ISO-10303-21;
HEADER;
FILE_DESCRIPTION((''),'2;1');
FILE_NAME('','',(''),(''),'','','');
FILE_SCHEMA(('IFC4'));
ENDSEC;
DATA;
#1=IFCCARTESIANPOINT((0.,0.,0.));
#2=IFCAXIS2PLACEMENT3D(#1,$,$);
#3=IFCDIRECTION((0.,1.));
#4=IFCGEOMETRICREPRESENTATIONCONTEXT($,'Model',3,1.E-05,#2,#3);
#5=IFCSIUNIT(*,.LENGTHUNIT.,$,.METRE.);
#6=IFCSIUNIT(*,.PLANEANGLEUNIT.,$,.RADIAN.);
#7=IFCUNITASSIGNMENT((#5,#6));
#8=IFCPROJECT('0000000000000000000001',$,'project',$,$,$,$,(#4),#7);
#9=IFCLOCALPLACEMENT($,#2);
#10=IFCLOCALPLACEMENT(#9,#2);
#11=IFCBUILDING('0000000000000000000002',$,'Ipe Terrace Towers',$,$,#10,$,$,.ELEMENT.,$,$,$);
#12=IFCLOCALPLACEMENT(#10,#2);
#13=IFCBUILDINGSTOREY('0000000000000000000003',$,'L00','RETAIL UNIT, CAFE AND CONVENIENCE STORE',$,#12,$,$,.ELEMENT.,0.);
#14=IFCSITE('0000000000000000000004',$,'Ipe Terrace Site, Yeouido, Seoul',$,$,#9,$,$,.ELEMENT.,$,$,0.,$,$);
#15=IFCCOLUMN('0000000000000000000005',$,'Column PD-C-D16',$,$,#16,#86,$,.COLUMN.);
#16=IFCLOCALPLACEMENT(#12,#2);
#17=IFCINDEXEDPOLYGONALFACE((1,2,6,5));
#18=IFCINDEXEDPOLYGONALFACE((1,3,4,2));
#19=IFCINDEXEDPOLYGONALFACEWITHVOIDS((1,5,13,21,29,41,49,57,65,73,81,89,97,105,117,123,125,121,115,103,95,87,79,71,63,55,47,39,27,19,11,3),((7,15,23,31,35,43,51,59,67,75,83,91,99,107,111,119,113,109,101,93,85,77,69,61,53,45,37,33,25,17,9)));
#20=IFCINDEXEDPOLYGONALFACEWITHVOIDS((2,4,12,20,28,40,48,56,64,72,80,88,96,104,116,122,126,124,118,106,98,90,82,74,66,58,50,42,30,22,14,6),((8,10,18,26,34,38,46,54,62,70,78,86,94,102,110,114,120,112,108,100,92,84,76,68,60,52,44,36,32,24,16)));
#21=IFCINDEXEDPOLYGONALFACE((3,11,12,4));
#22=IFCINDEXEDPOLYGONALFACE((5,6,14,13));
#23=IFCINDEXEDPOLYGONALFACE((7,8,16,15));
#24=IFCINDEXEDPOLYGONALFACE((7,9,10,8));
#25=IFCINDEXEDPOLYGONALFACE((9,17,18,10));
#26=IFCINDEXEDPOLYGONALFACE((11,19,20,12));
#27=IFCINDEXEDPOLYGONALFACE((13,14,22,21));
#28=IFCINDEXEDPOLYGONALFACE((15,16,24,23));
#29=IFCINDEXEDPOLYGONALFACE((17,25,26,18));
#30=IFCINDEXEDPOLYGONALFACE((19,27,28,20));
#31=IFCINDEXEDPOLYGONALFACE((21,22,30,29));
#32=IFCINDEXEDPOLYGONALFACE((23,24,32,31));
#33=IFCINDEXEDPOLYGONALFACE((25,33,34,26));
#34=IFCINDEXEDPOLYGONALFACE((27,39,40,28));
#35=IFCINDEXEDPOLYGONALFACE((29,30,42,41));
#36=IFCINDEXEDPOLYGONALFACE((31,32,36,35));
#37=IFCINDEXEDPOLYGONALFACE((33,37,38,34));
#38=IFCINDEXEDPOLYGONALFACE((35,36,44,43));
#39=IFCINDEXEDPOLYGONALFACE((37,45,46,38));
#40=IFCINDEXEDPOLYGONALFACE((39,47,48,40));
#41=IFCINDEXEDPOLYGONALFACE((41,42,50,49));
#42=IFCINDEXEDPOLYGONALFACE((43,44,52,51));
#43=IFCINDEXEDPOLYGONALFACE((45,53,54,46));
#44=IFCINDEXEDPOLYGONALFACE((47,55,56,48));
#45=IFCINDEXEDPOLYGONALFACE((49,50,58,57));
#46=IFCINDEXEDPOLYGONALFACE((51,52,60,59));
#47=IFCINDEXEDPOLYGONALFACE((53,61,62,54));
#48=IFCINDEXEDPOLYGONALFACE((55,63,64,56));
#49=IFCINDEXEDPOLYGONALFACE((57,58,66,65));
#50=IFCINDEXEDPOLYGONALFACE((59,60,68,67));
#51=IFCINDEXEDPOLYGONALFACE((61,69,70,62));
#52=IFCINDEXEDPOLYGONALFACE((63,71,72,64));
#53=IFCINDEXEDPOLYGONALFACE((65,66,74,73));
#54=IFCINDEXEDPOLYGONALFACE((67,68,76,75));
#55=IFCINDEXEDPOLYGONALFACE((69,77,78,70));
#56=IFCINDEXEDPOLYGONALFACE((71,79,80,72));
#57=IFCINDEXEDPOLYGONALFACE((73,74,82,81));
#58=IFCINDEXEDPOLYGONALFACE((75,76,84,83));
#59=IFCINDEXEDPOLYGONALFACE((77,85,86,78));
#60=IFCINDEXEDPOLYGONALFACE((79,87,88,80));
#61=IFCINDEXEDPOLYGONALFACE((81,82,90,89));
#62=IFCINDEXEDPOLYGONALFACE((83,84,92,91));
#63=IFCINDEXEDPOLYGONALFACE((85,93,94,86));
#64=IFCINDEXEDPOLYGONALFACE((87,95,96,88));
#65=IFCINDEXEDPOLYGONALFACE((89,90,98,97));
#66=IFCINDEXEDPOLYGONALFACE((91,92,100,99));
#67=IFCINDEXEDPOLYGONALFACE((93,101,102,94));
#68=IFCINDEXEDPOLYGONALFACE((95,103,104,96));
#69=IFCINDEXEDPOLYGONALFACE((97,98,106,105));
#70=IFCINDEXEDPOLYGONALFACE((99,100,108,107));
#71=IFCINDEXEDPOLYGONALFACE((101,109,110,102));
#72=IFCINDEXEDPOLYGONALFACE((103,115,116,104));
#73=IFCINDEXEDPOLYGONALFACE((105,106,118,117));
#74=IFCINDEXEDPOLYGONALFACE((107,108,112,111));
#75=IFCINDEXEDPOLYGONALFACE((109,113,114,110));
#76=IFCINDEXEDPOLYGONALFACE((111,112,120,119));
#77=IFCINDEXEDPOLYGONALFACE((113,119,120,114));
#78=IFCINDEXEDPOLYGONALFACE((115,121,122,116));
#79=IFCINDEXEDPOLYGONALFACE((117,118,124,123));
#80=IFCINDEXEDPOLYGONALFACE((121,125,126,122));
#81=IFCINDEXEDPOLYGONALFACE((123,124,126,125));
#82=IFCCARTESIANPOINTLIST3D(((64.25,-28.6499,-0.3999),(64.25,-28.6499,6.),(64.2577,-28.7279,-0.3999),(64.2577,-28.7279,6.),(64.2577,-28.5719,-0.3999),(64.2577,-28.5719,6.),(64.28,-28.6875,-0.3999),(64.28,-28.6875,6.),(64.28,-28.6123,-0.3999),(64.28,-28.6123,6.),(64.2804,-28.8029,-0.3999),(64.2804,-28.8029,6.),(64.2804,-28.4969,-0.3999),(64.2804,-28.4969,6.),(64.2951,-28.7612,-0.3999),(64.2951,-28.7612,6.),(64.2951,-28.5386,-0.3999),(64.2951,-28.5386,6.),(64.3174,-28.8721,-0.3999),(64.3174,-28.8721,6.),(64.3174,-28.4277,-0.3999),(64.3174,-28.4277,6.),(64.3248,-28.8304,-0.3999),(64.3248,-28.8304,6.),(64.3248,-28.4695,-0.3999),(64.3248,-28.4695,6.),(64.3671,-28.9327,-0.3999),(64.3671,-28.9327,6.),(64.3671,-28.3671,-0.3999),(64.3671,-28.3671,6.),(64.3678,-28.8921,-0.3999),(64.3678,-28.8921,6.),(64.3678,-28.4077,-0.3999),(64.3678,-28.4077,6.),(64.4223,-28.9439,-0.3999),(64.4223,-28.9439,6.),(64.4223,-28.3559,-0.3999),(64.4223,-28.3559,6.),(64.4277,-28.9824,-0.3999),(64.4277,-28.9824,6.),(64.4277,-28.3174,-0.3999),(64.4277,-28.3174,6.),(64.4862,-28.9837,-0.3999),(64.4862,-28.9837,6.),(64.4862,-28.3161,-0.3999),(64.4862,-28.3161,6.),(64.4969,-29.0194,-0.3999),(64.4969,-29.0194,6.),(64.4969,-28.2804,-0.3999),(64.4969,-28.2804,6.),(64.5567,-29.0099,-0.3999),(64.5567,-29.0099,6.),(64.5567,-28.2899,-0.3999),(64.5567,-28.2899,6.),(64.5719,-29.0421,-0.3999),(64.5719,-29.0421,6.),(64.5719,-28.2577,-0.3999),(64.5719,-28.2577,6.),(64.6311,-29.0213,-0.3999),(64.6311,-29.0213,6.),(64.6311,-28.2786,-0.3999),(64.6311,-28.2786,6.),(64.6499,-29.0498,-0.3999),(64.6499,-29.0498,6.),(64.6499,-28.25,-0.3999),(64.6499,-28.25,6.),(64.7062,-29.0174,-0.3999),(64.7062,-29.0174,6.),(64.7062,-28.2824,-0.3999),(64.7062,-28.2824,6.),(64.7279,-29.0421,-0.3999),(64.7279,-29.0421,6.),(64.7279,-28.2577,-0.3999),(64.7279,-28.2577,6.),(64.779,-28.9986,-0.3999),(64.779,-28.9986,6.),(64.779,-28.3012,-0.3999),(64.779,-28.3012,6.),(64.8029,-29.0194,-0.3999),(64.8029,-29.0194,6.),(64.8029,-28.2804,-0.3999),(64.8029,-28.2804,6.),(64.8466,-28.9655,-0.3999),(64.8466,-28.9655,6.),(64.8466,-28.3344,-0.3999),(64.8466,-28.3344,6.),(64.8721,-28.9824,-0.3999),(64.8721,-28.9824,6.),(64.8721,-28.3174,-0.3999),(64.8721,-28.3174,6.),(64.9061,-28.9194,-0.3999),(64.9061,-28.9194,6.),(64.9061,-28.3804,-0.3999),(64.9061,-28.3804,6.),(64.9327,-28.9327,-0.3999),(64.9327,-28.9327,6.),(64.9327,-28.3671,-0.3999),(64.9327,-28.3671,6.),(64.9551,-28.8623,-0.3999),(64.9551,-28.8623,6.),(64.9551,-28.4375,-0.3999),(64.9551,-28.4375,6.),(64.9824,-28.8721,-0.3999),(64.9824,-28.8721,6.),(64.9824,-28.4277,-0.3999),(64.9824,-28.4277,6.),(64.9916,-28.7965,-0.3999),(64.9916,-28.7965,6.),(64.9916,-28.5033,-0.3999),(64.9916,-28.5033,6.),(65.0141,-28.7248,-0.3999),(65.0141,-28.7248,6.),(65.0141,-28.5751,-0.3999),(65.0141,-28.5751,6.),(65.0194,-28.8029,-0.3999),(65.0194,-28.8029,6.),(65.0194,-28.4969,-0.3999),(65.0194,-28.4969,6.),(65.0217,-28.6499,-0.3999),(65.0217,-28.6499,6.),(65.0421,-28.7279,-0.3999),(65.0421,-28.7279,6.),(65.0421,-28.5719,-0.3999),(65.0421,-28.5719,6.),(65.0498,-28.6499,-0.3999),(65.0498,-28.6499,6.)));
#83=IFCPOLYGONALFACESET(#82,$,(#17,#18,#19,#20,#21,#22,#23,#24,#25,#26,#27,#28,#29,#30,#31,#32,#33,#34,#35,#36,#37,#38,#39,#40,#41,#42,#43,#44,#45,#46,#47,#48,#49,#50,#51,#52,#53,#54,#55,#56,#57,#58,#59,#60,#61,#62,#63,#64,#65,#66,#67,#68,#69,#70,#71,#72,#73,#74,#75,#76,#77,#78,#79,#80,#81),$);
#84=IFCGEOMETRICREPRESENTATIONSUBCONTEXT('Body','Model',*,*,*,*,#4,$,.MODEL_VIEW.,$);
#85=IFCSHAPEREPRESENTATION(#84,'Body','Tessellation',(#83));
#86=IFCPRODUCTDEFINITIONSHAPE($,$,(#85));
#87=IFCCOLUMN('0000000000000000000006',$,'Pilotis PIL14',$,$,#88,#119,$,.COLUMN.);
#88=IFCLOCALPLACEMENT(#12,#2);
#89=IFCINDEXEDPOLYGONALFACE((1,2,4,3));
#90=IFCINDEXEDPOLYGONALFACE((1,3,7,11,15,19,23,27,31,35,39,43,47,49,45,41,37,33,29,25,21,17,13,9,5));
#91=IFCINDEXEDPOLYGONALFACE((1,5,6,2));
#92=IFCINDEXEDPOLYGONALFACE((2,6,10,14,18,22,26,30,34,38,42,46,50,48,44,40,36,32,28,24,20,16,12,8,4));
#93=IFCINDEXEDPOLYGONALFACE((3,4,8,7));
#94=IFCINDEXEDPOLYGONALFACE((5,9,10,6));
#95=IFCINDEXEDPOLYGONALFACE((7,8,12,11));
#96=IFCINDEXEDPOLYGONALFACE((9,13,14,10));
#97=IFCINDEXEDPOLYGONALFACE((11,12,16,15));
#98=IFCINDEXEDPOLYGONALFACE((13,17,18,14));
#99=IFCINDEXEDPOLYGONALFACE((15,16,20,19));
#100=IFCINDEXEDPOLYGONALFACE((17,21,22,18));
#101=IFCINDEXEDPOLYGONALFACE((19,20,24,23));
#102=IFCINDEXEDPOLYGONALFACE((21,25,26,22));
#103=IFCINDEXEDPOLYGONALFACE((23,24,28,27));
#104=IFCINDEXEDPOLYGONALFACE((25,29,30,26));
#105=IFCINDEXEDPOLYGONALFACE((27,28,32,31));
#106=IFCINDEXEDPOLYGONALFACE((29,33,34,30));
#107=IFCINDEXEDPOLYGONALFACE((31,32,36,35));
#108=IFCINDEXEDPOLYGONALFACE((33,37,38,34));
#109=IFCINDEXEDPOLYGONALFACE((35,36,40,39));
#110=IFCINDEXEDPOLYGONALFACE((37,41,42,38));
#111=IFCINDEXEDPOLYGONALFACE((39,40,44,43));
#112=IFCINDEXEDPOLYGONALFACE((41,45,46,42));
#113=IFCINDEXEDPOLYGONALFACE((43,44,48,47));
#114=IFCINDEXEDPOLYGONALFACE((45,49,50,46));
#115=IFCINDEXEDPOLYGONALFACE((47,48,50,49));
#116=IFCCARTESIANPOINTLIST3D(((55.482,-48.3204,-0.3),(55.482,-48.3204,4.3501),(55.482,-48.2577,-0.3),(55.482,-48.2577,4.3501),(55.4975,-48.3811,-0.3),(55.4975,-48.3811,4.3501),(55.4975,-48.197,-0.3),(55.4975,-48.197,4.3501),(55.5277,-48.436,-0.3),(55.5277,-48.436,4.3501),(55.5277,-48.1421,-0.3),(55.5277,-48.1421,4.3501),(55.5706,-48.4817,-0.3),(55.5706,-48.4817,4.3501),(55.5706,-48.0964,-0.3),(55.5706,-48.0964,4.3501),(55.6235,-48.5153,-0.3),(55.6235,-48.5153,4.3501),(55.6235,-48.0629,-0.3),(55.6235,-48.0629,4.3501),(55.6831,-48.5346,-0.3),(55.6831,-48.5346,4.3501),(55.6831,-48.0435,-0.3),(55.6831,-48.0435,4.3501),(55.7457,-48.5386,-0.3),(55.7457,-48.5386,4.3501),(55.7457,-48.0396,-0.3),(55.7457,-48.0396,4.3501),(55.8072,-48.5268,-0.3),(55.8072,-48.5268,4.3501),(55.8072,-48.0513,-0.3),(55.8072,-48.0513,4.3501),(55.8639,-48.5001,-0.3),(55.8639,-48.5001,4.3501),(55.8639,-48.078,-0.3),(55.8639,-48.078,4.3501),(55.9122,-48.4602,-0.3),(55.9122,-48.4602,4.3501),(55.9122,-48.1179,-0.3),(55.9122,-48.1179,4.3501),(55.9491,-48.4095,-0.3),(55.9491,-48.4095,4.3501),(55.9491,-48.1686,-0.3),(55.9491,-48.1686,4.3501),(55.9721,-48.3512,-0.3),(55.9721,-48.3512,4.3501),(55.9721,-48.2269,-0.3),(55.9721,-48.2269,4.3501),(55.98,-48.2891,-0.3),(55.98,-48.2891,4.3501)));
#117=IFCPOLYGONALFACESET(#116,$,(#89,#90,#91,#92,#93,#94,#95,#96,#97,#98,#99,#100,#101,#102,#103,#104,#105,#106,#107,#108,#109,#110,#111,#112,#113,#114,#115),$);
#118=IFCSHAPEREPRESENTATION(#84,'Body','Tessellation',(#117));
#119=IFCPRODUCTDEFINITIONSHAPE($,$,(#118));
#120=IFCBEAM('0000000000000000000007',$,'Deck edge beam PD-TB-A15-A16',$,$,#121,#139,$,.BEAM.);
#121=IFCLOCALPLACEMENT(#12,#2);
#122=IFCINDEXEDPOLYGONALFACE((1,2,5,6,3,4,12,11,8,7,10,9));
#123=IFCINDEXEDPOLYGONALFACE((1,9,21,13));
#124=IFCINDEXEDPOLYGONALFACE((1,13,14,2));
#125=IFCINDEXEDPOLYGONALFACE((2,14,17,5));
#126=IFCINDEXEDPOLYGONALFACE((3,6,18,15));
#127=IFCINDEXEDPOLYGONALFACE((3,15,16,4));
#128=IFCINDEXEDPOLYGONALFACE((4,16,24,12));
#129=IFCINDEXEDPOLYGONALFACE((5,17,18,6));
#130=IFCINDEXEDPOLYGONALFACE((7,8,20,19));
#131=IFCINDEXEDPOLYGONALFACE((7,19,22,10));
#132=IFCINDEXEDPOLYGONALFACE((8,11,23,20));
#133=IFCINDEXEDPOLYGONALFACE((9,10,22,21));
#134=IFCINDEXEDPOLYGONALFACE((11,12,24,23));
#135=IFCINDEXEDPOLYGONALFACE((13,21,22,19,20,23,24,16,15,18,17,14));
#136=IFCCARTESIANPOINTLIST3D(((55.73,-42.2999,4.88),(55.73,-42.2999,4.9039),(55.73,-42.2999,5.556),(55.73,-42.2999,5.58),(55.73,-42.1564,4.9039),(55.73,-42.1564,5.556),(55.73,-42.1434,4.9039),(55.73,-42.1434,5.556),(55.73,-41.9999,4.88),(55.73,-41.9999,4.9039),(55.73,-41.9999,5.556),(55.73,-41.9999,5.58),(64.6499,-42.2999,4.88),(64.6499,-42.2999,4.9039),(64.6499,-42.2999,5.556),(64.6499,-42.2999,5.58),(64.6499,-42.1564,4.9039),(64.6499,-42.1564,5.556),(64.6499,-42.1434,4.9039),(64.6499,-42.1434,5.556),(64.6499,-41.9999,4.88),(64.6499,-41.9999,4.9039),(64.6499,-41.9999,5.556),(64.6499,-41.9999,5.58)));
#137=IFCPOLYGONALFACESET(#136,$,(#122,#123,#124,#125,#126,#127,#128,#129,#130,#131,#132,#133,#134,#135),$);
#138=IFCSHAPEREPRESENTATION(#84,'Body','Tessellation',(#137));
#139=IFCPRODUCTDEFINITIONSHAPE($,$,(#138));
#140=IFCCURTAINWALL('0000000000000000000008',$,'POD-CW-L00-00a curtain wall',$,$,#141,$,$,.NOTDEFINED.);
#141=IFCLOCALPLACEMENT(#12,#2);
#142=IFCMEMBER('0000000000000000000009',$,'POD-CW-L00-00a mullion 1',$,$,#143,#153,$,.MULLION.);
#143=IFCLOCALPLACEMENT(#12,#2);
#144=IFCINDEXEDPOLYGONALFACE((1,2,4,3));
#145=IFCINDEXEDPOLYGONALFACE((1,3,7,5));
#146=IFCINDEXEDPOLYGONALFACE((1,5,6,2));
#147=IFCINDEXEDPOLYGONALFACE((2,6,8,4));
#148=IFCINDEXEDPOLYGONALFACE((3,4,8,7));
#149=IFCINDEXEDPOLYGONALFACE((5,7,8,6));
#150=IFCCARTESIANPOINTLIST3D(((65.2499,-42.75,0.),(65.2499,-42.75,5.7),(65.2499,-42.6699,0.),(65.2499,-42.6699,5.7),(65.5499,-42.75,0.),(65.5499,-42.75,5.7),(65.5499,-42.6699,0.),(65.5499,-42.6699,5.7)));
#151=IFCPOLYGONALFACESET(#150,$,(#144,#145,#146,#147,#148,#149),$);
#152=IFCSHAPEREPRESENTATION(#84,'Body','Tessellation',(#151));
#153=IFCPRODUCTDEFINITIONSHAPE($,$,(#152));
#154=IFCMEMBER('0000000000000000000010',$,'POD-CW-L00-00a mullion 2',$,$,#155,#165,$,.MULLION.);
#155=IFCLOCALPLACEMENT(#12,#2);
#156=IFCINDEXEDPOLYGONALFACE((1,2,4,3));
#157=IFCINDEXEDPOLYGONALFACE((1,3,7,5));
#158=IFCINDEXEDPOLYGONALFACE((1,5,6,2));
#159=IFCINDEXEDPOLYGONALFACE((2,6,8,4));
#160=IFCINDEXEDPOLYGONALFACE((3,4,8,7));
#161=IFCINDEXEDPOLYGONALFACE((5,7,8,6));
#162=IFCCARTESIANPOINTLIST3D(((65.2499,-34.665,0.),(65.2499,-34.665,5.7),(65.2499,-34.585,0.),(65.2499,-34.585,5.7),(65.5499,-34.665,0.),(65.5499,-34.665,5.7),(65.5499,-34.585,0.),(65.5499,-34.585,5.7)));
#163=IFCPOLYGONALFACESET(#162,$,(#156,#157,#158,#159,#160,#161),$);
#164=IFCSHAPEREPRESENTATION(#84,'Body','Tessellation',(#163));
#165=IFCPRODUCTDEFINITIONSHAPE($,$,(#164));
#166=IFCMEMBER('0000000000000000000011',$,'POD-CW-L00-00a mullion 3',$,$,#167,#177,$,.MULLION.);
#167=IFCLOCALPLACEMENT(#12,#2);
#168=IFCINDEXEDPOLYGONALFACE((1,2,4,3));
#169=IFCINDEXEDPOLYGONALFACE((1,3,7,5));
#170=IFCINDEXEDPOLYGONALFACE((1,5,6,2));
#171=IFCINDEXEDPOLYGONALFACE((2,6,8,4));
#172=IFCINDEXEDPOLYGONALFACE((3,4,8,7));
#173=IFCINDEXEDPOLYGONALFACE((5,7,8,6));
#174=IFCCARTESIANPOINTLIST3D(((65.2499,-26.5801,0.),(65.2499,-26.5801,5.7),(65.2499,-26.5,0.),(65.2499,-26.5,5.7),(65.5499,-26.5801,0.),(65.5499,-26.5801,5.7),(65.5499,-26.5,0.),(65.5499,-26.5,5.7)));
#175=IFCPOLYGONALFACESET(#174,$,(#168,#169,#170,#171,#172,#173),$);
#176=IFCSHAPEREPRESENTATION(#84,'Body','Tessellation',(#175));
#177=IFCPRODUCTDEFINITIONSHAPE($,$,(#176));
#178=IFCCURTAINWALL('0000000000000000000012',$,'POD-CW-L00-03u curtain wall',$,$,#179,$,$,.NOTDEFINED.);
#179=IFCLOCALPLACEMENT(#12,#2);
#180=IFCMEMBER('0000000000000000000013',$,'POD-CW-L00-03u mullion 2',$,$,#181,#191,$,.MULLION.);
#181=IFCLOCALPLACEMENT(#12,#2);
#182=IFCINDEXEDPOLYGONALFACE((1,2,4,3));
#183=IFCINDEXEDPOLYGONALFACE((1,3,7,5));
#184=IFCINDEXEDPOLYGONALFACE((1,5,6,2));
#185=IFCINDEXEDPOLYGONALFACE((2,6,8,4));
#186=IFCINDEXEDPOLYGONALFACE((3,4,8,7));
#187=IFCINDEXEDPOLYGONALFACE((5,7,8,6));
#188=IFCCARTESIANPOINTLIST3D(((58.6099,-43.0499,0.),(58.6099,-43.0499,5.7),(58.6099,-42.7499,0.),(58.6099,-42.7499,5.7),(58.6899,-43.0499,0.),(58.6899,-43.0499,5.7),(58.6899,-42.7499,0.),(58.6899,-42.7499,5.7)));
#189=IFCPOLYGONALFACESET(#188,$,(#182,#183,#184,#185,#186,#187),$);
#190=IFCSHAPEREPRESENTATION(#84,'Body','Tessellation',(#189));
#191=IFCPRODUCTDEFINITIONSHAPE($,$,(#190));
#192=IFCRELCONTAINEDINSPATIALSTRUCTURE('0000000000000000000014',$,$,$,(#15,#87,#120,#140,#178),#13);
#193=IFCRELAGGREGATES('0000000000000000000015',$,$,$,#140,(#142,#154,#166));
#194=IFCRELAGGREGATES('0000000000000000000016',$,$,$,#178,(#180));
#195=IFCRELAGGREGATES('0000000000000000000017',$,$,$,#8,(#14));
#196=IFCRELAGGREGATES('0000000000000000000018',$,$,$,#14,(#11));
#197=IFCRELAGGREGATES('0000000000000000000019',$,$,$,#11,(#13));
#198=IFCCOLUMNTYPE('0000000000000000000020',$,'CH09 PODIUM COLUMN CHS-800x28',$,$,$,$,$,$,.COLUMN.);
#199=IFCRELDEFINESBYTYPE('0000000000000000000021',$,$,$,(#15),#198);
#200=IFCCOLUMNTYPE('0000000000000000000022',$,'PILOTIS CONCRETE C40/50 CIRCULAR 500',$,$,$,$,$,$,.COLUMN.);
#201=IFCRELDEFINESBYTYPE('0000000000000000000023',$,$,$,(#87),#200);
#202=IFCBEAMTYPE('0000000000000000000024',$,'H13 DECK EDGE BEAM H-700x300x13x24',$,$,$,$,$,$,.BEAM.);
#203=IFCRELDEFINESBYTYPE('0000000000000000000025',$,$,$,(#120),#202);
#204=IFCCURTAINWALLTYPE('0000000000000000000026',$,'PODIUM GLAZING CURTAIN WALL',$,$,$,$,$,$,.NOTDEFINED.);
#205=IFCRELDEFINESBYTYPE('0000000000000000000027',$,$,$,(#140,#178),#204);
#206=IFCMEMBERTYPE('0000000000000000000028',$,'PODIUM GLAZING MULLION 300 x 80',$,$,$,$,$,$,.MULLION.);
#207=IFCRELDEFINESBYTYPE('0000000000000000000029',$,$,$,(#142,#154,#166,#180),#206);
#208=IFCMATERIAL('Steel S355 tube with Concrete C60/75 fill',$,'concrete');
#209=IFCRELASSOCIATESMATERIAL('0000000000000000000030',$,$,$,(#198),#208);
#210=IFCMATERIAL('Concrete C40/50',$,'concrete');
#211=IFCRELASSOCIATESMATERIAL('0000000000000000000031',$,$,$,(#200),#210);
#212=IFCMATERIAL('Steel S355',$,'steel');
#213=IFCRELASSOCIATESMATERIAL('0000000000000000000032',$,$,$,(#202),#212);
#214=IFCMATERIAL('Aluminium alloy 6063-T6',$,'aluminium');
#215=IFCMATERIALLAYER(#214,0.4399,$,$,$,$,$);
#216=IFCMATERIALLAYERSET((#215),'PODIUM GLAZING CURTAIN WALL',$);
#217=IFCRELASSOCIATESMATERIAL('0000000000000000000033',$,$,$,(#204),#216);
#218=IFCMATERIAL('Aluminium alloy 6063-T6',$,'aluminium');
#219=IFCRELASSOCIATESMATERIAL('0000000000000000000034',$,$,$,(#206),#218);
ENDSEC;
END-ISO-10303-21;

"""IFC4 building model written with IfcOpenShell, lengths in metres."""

from ifc_helpers import new_model, si_unit, direction, frame, origin, origin_2d, place, context, subcontext, project, spatial, rectangle, circle, hollow_circle, i_section, extrude, material, layer, layer_set, material_profile, profile_set, type_object, element, aggregate, save


model = new_model("IFC4")

# Units and contexts
model_context = context("Model", 3, precision=1e-05, world=origin(), true_north=direction((0.0, 1.0)))
body_context = subcontext(model_context, "Body", "Model", "MODEL_VIEW")
ifc_project = project(units=[si_unit("LENGTHUNIT", "METRE"), si_unit("PLANEANGLEUNIT", "RADIAN")], contexts=[model_context])

# Site, building, storey
site_placement = place(None, origin())
site = spatial("IfcSite", under=ifc_project, at=site_placement, Name="Ipe Terrace Site, Yeouido, Seoul", CompositionType="ELEMENT", RefElevation=0.0)
building_placement = place(site_placement, origin())
building = spatial("IfcBuilding", under=site, at=building_placement, Name="Ipe Terrace Towers", CompositionType="ELEMENT")
storey_placement = place(building_placement, origin())
storey = spatial("IfcBuildingStorey", under=building, at=storey_placement, Name="L00", Description="RETAIL UNIT, CAFE AND CONVENIENCE STORE", CompositionType="ELEMENT", Elevation=0.0)

# Columns
ifc_material_1 = material(Name="Steel S355 tube with Concrete C60/75 fill", Category="concrete")
ifc_material_profile_1 = material_profile(ifc_material_1, hollow_circle(Radius=0.3999, WallThickness=0.0281, at=origin_2d()), Name="CHS-800x28")
ifc_profile_set_1 = profile_set([ifc_material_profile_1], Name="Steel S355 tube with Concrete C60/75 fill")
column_type_1 = type_object("IfcColumnType", Name="CH09 PODIUM COLUMN CHS-800x28", PredefinedType="COLUMN", material=ifc_profile_set_1)
for number, where, z_axis, x_axis, name in (
    (1, (64.6499, -28.6499, -0.3999), (0.0, 0.0, 1.0), (1.0, 0.0, 0.0), "Column PD-C-D16"),
):
    element("IfcColumn", number, at=place(storey_placement, frame(where, z_axis=z_axis, x_axis=x_axis)), inside=storey, type_object=column_type_1, Name=name, PredefinedType="COLUMN", context=body_context, shape_type="SweptSolid", body=[
        extrude(hollow_circle(Radius=0.3999, WallThickness=0.0281, at=origin_2d()), origin(), (0.0, 0.0, 1.0), 6.3999),
    ])
ifc_material_2 = material(Name="Concrete C40/50", Category="concrete")
ifc_material_profile_2 = material_profile(ifc_material_2, circle(Radius=0.25, at=origin_2d()), Name="PILOTIS CONCRETE C40/50 CIRCULAR 500")
ifc_profile_set_2 = profile_set([ifc_material_profile_2], Name="Concrete C40/50")
column_type_2 = type_object("IfcColumnType", Name="PILOTIS CONCRETE C40/50 CIRCULAR 500", PredefinedType="COLUMN", material=ifc_profile_set_2)
column_placement = place(storey_placement, frame((55.73, -48.2891, -0.3), z_axis=(0.0, 0.0, 1.0), x_axis=(1.0, 0.0, 0.0)))
element("IfcColumn", 2, at=column_placement, inside=storey, type_object=column_type_2, Name="Pilotis PIL14", PredefinedType="COLUMN", context=body_context, shape_type="SweptSolid", body=[
    extrude(circle(Radius=0.25, at=origin_2d()), origin(), (0.0, 0.0, 1.0), 4.6501),
])

# Beam
ifc_material_3 = material(Name="Steel S355", Category="steel")
ifc_material_profile_3 = material_profile(ifc_material_3, i_section(OverallWidth=0.3, OverallDepth=0.7, WebThickness=0.0129, FlangeThickness=0.0239, at=origin_2d()), Name="H-700x300x13x24")
ifc_profile_set_3 = profile_set([ifc_material_profile_3], Name="Steel S355")
beam_type = type_object("IfcBeamType", Name="H13 DECK EDGE BEAM H-700x300x13x24", PredefinedType="BEAM", material=ifc_profile_set_3)
beam_placement = place(storey_placement, frame((55.73, -42.1499, 5.23), z_axis=(1.0, 0.0, 0.0), x_axis=(0.0, 1.0, 0.0)))
element("IfcBeam", 3, at=beam_placement, inside=storey, type_object=beam_type, Name="Deck edge beam PD-TB-A15-A16", PredefinedType="BEAM", context=body_context, shape_type="SweptSolid", body=[
    extrude(i_section(OverallWidth=0.3, OverallDepth=0.7, WebThickness=0.0129, FlangeThickness=0.0239, at=origin_2d()), origin(), (0.0, 0.0, 1.0), 8.9199),
])

# Curtain wall, members
ifc_material_4 = material(Name="Aluminium alloy 6063-T6", Category="aluminium")
ifc_layer_1 = layer(ifc_material_4, 0.4399)
ifc_layer_set_1 = layer_set([ifc_layer_1], Name="PODIUM GLAZING CURTAIN WALL")
curtain_wall_type = type_object("IfcCurtainWallType", Name="PODIUM GLAZING CURTAIN WALL", PredefinedType="NOTDEFINED", material=ifc_layer_set_1)
curtain_wall_1_placement = place(storey_placement, origin())
curtain_wall_1 = element("IfcCurtainWall", 4, at=curtain_wall_1_placement, inside=storey, type_object=curtain_wall_type, Name="POD-CW-L00-00a curtain wall", PredefinedType="NOTDEFINED")
ifc_material_5 = material(Name="Aluminium alloy 6063-T6", Category="aluminium")
ifc_material_profile_4 = material_profile(ifc_material_5, rectangle(XDim=0.3, YDim=0.0801, at=origin_2d()), Name="PODIUM GLAZING MULLION 300 x 80")
ifc_profile_set_4 = profile_set([ifc_material_profile_4], Name="Aluminium alloy 6063-T6")
member_type_1 = type_object("IfcMemberType", Name="PODIUM GLAZING MULLION 300 x 80", PredefinedType="MULLION", material=ifc_profile_set_4)
member_1_placement = place(storey_placement, frame((65.3999, -42.71, 0.0), z_axis=(0.0, 0.0, 1.0), x_axis=(1.0, 0.0, 0.0)))
member_1 = element("IfcMember", 5, at=member_1_placement, type_object=member_type_1, Name="POD-CW-L00-00a mullion 1", PredefinedType="MULLION", context=body_context, shape_type="SweptSolid", body=[
    extrude(rectangle(XDim=0.3, YDim=0.0801, at=origin_2d()), origin(), (0.0, 0.0, 1.0), 5.7),
])
member_2_placement = place(storey_placement, frame((65.3999, -34.625, 0.0), z_axis=(0.0, 0.0, 1.0), x_axis=(1.0, 0.0, 0.0)))
member_2 = element("IfcMember", 6, at=member_2_placement, type_object=member_type_1, Name="POD-CW-L00-00a mullion 2", PredefinedType="MULLION", context=body_context, shape_type="SweptSolid", body=[
    extrude(rectangle(XDim=0.3, YDim=0.0801, at=origin_2d()), origin(), (0.0, 0.0, 1.0), 5.7),
])
member_3_placement = place(storey_placement, frame((65.3999, -26.54, 0.0), z_axis=(0.0, 0.0, 1.0), x_axis=(1.0, 0.0, 0.0)))
member_3 = element("IfcMember", 7, at=member_3_placement, type_object=member_type_1, Name="POD-CW-L00-00a mullion 3", PredefinedType="MULLION", context=body_context, shape_type="SweptSolid", body=[
    extrude(rectangle(XDim=0.3, YDim=0.0801, at=origin_2d()), origin(), (0.0, 0.0, 1.0), 5.7),
])

# Curtain wall, member
curtain_wall_2_placement = place(storey_placement, origin())
curtain_wall_2 = element("IfcCurtainWall", 8, at=curtain_wall_2_placement, inside=storey, type_object=curtain_wall_type, Name="POD-CW-L00-03u curtain wall", PredefinedType="NOTDEFINED")
member_4_placement = place(storey_placement, frame((58.6499, -42.8999, 0.0), z_axis=(0.0, 0.0, 1.0), x_axis=(0.0, -1.0, 0.0)))
member_4 = element("IfcMember", 9, at=member_4_placement, type_object=member_type_1, Name="POD-CW-L00-03u mullion 2", PredefinedType="MULLION", context=body_context, shape_type="SweptSolid", body=[
    extrude(rectangle(XDim=0.3, YDim=0.0801, at=origin_2d()), origin(), (0.0, 0.0, 1.0), 5.7),
])

aggregate(curtain_wall_1, [member_1, member_2, member_3])
aggregate(curtain_wall_2, [member_4])

save(model, "model.ifc")
